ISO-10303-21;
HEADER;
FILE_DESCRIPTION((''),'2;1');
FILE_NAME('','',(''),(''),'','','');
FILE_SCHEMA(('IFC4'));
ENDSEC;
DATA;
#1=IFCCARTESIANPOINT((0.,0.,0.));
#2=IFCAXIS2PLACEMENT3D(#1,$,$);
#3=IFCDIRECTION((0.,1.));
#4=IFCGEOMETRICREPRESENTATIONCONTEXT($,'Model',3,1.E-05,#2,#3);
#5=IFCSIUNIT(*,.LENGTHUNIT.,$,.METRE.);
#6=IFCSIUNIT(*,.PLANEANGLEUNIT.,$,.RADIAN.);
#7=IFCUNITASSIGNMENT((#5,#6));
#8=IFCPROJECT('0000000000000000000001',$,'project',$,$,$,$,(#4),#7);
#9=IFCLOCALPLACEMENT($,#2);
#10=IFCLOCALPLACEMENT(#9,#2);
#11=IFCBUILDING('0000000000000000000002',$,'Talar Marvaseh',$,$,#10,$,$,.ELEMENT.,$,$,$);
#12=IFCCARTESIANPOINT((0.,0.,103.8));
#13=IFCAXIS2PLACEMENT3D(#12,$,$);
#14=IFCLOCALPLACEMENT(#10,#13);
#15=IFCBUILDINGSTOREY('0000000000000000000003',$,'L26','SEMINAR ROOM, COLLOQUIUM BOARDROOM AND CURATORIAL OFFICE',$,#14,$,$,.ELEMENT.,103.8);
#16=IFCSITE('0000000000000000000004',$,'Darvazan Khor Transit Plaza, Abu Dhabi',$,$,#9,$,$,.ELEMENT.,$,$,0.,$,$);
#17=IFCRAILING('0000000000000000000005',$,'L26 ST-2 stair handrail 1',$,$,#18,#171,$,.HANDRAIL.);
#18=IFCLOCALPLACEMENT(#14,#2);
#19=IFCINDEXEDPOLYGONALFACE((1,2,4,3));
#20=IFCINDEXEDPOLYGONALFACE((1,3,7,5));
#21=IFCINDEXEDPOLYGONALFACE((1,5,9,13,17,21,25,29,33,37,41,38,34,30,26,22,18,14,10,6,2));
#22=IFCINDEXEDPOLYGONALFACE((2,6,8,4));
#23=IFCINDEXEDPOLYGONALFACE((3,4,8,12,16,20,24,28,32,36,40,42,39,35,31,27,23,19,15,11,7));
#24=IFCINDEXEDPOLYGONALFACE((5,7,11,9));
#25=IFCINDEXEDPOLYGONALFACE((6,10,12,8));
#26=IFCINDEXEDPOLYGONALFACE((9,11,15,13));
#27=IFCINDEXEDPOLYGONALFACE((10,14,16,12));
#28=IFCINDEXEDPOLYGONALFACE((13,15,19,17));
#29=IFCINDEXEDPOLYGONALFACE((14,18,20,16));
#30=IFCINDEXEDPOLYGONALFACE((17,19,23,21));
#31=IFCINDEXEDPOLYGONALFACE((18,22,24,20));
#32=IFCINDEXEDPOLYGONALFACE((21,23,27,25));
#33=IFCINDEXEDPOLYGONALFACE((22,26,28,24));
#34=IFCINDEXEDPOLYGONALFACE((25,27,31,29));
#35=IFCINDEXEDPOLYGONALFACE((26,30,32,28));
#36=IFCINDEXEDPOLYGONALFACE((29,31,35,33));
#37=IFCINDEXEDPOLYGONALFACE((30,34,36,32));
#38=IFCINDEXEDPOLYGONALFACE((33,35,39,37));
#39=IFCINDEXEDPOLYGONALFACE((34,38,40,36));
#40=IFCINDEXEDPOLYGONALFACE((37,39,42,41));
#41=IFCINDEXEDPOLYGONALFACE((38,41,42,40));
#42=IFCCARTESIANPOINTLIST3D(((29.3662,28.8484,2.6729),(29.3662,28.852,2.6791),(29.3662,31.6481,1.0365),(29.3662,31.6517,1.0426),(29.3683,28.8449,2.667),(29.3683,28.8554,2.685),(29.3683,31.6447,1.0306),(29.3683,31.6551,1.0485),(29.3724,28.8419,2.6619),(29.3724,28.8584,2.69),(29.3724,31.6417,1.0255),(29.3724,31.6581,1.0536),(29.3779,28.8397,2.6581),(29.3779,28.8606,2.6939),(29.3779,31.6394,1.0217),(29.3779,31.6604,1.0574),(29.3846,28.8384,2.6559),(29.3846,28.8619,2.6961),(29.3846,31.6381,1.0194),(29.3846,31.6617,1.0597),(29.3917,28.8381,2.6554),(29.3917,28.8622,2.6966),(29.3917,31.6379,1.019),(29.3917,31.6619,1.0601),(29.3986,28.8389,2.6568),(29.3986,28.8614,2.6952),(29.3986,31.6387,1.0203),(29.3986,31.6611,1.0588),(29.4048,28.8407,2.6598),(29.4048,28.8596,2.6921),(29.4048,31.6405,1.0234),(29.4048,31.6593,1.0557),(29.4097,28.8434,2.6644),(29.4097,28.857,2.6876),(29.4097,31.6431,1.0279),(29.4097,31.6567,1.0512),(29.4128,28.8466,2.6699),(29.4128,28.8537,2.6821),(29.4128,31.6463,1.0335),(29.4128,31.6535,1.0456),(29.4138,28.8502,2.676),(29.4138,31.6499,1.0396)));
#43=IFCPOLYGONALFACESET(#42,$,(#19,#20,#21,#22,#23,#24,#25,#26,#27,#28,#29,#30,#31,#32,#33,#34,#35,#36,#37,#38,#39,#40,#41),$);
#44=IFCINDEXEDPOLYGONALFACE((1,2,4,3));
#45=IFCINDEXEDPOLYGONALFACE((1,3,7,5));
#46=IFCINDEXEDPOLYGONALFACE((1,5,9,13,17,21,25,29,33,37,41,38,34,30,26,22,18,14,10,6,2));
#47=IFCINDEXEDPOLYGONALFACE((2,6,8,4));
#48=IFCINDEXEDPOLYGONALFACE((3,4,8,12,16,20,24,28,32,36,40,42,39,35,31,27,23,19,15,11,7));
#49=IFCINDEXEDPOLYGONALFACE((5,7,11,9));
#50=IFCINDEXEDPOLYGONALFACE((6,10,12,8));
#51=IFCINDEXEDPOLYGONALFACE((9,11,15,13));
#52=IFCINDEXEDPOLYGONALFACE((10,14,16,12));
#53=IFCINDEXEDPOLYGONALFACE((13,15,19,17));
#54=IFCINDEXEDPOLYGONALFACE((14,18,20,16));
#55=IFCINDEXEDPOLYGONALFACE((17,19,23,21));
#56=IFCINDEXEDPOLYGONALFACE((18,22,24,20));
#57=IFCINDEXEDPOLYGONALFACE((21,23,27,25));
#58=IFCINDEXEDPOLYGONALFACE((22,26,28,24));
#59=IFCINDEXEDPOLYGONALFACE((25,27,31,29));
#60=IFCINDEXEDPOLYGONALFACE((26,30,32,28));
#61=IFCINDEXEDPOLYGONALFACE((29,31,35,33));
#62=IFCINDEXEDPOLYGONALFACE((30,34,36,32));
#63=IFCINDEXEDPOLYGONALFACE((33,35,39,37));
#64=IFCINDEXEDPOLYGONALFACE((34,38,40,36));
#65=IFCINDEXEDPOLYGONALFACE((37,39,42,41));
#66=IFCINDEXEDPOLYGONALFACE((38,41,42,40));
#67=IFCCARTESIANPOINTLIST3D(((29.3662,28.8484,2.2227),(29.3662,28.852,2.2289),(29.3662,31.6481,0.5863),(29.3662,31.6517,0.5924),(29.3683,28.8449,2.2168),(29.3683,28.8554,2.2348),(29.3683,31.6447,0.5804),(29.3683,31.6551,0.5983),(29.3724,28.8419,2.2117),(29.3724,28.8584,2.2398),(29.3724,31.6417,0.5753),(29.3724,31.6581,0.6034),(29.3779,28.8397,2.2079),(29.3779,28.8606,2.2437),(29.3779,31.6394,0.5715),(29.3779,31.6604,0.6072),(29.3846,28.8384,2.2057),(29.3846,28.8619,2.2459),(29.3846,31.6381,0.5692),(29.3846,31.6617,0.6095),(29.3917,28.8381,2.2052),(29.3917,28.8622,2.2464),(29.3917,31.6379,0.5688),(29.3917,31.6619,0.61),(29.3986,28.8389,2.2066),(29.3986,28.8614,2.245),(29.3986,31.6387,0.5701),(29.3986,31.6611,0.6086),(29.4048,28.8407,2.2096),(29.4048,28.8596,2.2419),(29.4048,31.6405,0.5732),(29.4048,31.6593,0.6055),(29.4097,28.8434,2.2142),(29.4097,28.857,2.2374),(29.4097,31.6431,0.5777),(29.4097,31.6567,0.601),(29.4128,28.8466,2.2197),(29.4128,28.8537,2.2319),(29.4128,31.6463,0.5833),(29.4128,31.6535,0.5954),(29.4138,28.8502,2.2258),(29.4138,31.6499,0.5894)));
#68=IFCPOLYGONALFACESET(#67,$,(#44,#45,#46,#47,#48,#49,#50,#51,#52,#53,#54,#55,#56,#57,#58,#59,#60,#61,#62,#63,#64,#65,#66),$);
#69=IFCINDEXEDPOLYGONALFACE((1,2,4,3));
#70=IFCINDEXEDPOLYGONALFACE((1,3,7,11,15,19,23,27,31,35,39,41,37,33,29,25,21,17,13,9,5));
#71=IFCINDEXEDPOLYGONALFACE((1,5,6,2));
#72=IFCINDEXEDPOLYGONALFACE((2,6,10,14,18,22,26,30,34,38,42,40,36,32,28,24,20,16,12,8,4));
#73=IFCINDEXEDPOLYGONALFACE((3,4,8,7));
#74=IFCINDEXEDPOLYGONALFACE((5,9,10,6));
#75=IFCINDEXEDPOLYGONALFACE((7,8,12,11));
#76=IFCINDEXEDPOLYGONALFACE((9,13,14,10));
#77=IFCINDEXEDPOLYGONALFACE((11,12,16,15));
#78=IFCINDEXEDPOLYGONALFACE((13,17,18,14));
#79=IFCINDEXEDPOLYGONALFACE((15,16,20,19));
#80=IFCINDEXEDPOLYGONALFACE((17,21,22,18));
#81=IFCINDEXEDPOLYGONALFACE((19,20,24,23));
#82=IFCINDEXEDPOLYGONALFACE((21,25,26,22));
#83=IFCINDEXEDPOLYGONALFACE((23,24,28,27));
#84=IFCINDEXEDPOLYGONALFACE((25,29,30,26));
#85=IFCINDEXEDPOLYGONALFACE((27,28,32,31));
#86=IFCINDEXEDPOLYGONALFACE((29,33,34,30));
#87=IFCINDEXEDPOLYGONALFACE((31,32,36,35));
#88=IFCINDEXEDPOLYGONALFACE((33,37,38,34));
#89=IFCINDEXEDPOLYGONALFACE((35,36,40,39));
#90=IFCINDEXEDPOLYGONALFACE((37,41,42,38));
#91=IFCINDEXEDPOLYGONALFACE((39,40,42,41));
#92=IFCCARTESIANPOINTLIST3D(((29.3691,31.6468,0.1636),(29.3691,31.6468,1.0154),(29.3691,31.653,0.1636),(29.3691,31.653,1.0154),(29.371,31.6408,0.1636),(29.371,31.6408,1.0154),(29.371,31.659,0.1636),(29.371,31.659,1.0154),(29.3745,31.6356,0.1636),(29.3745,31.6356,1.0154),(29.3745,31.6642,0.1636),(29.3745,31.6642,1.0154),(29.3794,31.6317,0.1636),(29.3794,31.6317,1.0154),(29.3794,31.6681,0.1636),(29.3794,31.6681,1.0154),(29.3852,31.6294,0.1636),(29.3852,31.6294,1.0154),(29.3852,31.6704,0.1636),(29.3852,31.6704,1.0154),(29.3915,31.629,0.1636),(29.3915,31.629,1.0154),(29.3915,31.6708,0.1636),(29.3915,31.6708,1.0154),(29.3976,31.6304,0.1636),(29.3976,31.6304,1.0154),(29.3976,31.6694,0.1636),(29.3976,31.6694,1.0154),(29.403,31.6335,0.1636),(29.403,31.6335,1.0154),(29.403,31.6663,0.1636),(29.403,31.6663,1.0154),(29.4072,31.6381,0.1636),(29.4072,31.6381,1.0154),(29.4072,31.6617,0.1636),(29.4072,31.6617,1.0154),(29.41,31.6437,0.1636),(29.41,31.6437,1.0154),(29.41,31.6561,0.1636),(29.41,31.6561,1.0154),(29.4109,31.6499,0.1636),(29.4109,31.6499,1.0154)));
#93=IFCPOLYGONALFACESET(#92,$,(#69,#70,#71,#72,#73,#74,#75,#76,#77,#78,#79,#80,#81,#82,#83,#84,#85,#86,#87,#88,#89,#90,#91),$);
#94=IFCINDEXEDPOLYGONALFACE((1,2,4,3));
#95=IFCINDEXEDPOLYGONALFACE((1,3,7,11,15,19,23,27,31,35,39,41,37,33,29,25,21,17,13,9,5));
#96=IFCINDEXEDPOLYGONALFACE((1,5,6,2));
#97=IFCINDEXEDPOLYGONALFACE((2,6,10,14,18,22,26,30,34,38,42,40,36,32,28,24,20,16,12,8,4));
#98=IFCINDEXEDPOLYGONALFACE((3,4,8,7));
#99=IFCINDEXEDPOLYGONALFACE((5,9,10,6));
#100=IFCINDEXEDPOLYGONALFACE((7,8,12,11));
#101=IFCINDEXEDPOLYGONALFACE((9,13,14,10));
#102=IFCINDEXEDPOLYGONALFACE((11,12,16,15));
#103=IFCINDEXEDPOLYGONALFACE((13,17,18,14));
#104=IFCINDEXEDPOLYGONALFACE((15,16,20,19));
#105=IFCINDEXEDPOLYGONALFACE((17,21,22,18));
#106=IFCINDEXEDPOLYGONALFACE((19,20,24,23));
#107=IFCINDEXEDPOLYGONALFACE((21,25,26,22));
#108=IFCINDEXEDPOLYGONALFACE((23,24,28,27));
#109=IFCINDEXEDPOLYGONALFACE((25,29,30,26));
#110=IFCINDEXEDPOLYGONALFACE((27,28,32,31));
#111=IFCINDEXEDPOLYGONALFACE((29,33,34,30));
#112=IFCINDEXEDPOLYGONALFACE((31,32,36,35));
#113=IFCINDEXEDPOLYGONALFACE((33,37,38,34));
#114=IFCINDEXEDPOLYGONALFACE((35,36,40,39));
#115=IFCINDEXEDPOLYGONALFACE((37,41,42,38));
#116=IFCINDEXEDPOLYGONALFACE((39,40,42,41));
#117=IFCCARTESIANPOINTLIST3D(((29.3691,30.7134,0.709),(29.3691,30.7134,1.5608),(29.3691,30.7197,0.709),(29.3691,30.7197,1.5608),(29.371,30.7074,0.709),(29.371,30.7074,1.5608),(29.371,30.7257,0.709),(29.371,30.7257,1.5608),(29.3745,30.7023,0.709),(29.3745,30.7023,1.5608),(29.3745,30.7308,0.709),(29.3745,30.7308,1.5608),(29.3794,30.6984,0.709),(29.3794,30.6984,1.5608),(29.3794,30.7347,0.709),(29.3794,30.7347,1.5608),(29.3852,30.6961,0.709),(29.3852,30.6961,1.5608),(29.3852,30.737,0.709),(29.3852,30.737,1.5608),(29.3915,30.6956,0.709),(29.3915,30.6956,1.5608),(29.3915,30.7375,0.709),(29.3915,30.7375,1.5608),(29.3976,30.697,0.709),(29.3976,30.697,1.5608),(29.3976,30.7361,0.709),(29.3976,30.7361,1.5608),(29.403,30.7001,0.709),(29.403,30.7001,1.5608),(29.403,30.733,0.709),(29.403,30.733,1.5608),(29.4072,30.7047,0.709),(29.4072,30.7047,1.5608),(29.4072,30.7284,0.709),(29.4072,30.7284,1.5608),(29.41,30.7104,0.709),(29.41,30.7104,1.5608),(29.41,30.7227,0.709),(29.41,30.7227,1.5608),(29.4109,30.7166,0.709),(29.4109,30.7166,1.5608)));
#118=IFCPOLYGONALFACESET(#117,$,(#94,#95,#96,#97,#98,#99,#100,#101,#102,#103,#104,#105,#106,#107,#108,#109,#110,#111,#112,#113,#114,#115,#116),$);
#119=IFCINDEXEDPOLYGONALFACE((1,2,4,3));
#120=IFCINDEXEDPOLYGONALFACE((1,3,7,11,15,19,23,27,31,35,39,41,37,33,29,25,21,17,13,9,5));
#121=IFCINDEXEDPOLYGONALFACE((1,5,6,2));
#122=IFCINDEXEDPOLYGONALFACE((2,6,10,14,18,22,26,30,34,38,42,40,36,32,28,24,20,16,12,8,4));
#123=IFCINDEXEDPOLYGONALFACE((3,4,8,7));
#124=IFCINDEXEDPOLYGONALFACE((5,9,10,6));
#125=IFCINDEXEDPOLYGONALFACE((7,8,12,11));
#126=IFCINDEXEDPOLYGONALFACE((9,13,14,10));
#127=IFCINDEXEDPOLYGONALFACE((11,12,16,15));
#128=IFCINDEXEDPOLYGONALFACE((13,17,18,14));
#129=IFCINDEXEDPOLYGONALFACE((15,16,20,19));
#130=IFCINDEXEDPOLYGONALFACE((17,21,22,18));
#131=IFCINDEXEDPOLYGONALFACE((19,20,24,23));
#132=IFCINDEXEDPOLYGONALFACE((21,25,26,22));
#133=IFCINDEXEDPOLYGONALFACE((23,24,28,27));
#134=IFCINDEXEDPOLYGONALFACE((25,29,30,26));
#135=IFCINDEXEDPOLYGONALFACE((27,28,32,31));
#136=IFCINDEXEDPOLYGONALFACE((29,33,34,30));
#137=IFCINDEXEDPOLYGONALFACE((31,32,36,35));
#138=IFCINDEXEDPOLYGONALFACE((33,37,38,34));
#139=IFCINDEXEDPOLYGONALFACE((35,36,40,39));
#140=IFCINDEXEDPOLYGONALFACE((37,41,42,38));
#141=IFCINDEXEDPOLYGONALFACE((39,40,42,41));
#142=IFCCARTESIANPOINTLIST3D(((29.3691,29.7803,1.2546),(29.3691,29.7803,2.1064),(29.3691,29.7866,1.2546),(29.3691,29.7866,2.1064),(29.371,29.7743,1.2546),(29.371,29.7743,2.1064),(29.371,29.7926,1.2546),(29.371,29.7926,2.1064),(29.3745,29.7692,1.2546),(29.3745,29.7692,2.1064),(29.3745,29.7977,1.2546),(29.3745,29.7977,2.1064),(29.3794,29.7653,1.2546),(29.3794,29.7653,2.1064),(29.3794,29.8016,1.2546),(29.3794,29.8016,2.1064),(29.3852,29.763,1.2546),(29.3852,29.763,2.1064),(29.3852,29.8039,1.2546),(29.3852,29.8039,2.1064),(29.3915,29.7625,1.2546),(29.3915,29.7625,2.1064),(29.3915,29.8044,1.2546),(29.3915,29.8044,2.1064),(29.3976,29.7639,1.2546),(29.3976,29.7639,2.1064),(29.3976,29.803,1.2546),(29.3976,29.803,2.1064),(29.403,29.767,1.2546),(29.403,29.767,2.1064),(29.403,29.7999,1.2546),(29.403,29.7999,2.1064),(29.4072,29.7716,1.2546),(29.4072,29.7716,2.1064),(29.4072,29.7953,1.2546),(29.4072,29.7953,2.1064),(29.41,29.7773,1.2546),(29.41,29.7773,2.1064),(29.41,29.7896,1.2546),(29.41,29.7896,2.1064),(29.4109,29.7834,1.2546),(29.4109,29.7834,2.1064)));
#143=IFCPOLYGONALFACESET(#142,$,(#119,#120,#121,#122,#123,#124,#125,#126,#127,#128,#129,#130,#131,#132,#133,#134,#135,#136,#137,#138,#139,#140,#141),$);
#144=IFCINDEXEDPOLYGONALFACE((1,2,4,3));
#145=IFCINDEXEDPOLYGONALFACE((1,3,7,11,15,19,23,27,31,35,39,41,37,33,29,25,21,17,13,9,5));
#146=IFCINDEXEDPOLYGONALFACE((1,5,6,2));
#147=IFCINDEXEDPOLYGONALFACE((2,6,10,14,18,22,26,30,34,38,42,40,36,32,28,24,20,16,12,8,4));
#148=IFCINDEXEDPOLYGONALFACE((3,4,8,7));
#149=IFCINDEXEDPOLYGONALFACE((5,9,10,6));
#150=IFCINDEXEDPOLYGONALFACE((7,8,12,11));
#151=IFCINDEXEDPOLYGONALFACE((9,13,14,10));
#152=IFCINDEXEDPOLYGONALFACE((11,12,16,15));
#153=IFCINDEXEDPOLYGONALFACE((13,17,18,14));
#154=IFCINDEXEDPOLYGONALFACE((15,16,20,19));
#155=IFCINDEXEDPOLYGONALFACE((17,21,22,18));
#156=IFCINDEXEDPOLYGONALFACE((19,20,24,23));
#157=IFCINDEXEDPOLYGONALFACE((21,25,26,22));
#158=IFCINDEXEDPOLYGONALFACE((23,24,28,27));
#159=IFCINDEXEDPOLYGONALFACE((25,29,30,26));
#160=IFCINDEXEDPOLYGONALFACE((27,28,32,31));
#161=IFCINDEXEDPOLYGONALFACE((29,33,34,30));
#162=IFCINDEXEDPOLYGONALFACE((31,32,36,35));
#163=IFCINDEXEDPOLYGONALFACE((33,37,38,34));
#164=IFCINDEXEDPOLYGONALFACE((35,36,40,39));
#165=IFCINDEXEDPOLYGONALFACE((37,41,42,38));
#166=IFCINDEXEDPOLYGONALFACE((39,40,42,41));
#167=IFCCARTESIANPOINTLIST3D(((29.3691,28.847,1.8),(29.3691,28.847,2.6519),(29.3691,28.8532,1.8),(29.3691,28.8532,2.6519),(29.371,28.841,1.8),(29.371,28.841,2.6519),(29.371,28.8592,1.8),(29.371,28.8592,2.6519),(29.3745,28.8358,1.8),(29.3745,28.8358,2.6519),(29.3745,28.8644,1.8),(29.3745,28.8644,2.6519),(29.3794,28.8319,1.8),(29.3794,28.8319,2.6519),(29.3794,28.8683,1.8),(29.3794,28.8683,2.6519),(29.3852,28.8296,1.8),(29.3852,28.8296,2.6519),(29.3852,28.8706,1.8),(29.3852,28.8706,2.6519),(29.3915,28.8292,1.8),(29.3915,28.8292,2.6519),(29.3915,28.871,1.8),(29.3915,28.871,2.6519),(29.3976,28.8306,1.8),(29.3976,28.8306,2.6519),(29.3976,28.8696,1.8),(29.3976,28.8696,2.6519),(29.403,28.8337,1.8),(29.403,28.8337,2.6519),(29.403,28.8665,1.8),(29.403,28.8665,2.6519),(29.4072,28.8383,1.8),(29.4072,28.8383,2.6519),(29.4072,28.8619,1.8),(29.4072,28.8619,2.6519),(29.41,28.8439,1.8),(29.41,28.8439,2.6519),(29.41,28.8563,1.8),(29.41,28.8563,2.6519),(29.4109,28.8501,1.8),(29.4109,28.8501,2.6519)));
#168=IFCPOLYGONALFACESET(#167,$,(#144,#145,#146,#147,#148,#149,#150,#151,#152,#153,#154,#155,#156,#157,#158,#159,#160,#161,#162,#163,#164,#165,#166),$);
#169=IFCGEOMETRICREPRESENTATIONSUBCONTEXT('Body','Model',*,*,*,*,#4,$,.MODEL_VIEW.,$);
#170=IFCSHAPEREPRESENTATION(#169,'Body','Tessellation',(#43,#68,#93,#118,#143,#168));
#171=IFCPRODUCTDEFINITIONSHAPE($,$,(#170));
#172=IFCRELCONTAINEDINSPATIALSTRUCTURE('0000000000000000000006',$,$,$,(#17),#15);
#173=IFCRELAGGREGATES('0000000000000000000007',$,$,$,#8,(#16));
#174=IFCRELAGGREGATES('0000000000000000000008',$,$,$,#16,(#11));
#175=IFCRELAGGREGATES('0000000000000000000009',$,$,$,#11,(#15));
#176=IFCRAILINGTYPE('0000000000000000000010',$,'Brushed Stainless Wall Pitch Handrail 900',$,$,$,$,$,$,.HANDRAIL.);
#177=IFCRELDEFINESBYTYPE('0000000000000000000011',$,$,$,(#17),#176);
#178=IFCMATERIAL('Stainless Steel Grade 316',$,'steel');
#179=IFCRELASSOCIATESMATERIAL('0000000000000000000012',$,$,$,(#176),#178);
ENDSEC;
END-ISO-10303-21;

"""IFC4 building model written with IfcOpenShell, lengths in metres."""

from ifc_helpers import new_model, si_unit, direction, frame, origin, origin_2d, place, context, subcontext, project, spatial, circle, extrude, material, type_object, element, save


model = new_model("IFC4")

# Units and contexts
model_context = context("Model", 3, precision=1e-05, world=origin(), true_north=direction((0.0, 1.0)))
body_context = subcontext(model_context, "Body", "Model", "MODEL_VIEW")
ifc_project = project(units=[si_unit("LENGTHUNIT", "METRE"), si_unit("PLANEANGLEUNIT", "RADIAN")], contexts=[model_context])

# Site, building, storey
site_placement = place(None, origin())
site = spatial("IfcSite", under=ifc_project, at=site_placement, Name="Darvazan Khor Transit Plaza, Abu Dhabi", CompositionType="ELEMENT", RefElevation=0.0)
building_placement = place(site_placement, origin())
building = spatial("IfcBuilding", under=site, at=building_placement, Name="Talar Marvaseh", CompositionType="ELEMENT")
storey_placement = place(building_placement, frame((0.0, 0.0, 103.8)))
storey = spatial("IfcBuildingStorey", under=building, at=storey_placement, Name="L26", Description="SEMINAR ROOM, COLLOQUIUM BOARDROOM AND CURATORIAL OFFICE", CompositionType="ELEMENT", Elevation=103.8)

# Shared definitions
ifc_material_1 = material(Name="Stainless Steel Grade 316", Category="steel")

# Railing
railing_type_1 = type_object("IfcRailingType", Name="Brushed Stainless Wall Pitch Handrail 900", PredefinedType="HANDRAIL", material=ifc_material_1)
railing_1_placement = place(storey_placement, frame((29.3899, 31.6499, 0.1636)))
element("IfcRailing", 1, at=railing_1_placement, inside=storey, type_object=railing_type_1, Name="L26 ST-2 stair handrail 1", PredefinedType="HANDRAIL", context=body_context, shape_type="SweptSolid", body=[
    extrude(circle(Radius=0.0239, at=origin_2d()), frame((0.0, 0.0, 0.876), z_axis=(0.0, -0.863342, 0.50462), x_axis=(1.0, 0.0, 0.0)), (0.0, 0.0, 1.0), 3.2429),
    extrude(circle(Radius=0.0239, at=origin_2d()), frame((0.0, 0.0, 0.4258), z_axis=(0.0, -0.863342, 0.50462), x_axis=(1.0, 0.0, 0.0)), (0.0, 0.0, 1.0), 3.2429),
    extrude(circle(Radius=0.021, at=origin_2d()), origin(), (0.0, 0.0, 1.0), 0.8518),
    extrude(circle(Radius=0.021, at=origin_2d()), frame((0.0, -0.9333, 0.5454)), (0.0, 0.0, 1.0), 0.8518),
    extrude(circle(Radius=0.021, at=origin_2d()), frame((0.0, -1.8665, 1.0911)), (0.0, 0.0, 1.0), 0.8518),
    extrude(circle(Radius=0.021, at=origin_2d()), frame((0.0, -2.7998, 1.6365)), (0.0, 0.0, 1.0), 0.8518),
])

save(model, "model.ifc")
